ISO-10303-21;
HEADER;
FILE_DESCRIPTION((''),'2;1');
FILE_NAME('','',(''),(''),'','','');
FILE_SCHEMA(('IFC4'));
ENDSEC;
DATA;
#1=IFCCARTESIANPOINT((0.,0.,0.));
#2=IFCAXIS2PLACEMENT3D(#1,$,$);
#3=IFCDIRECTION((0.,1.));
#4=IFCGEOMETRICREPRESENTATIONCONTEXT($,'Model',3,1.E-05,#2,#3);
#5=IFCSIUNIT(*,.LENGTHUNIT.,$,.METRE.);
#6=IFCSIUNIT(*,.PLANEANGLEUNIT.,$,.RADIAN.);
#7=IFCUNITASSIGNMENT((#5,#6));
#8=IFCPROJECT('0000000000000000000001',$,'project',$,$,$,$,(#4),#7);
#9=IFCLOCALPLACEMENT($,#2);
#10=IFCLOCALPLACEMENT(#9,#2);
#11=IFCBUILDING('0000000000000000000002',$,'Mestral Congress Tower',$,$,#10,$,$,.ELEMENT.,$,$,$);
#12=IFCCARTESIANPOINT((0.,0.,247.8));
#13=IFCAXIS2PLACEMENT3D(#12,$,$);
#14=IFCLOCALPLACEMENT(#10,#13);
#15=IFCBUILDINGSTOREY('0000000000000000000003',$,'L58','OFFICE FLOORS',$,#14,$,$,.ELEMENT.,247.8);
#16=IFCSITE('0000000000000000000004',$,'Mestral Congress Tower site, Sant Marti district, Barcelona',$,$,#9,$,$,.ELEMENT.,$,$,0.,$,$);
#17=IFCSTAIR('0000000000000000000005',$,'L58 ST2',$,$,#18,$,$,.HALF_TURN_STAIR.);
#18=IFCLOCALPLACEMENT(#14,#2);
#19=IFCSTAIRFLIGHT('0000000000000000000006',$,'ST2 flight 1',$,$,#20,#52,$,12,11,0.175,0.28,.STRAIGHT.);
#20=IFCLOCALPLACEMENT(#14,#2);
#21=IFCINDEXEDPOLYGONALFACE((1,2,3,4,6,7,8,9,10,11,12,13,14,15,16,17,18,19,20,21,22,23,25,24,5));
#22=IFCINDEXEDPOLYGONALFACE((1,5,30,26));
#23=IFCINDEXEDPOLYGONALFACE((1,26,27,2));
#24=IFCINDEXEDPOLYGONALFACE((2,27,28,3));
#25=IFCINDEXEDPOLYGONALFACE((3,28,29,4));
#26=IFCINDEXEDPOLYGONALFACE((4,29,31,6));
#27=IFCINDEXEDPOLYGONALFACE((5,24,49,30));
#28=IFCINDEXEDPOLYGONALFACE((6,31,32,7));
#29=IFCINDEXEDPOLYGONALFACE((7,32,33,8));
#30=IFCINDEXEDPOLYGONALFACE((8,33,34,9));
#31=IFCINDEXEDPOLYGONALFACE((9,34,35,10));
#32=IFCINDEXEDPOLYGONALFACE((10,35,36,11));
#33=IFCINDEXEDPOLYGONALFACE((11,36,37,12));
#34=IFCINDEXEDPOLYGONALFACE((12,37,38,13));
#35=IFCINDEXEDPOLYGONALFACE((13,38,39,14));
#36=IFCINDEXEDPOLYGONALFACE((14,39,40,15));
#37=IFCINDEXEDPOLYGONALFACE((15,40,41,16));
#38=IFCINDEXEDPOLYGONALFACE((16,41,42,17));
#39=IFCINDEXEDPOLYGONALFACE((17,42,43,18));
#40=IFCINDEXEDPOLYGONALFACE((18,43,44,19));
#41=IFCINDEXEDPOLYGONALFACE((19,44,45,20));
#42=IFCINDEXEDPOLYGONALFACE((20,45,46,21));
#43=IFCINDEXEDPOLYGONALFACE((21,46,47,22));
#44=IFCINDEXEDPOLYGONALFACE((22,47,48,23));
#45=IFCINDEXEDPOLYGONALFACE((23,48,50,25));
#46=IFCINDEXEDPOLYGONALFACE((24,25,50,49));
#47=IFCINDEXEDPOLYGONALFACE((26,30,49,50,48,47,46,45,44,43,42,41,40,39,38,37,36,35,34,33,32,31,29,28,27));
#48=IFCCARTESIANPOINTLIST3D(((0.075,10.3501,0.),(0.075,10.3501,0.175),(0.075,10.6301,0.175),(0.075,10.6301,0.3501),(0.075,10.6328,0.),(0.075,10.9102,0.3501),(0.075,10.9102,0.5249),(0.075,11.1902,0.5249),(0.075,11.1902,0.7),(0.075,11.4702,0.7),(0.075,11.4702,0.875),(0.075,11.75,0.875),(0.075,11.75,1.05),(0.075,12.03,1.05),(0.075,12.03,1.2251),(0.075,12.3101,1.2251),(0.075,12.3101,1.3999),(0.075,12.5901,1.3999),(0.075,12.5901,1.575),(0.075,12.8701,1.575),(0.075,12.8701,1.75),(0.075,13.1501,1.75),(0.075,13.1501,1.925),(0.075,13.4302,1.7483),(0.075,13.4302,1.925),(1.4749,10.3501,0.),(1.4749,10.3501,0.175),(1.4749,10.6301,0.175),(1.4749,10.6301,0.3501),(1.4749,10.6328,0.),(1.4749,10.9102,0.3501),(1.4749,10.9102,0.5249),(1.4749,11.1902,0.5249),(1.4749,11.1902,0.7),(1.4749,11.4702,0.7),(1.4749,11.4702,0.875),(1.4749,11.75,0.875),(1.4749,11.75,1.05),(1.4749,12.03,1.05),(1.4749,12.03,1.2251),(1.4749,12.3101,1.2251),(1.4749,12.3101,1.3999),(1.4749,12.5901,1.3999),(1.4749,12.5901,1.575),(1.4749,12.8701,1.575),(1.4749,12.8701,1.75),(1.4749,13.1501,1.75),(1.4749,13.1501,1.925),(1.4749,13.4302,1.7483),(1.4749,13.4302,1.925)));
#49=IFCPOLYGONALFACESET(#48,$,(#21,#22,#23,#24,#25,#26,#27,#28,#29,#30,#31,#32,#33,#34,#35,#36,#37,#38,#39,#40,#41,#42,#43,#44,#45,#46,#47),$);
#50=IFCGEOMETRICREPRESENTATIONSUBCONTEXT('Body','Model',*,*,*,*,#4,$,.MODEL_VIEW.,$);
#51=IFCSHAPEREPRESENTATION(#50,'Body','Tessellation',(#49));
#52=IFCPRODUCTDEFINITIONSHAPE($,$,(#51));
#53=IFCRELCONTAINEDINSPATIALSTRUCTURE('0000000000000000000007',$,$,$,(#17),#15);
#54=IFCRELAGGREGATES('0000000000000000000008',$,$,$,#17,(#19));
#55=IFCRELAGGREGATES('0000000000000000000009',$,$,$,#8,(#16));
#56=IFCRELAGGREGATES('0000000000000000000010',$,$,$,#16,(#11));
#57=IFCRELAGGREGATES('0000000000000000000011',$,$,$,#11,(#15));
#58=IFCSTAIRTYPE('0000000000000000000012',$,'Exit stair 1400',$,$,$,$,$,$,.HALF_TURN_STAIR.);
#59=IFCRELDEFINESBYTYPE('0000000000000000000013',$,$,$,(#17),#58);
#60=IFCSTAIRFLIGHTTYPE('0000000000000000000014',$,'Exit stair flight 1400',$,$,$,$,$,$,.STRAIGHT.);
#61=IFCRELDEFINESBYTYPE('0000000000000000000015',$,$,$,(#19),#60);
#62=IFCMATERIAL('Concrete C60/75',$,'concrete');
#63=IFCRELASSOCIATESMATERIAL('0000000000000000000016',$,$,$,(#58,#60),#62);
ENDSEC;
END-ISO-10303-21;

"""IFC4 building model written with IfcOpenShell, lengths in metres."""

from ifc_helpers import new_model, si_unit, direction, frame, origin, place, context, subcontext, project, spatial, polyline, outline, extrude, material, type_object, element, aggregate, save


model = new_model("IFC4")

# Units and contexts
model_context = context("Model", 3, precision=1e-05, world=origin(), true_north=direction((0.0, 1.0)))
body_context = subcontext(model_context, "Body", "Model", "MODEL_VIEW")
ifc_project = project(units=[si_unit("LENGTHUNIT", "METRE"), si_unit("PLANEANGLEUNIT", "RADIAN")], contexts=[model_context])

# Site, building, storey
site_placement = place(None, origin())
site = spatial("IfcSite", under=ifc_project, at=site_placement, Name="Mestral Congress Tower site, Sant Marti district, Barcelona", CompositionType="ELEMENT", RefElevation=0.0)
building_placement = place(site_placement, origin())
building = spatial("IfcBuilding", under=site, at=building_placement, Name="Mestral Congress Tower", CompositionType="ELEMENT")
storey_placement = place(building_placement, frame((0.0, 0.0, 247.8)))
storey = spatial("IfcBuildingStorey", under=building, at=storey_placement, Name="L58", Description="OFFICE FLOORS", CompositionType="ELEMENT", Elevation=247.8)

# Shared definitions
ifc_material_1 = material(Name="Concrete C60/75", Category="concrete")

# Stair, stair flight
stair_type = type_object("IfcStairType", Name="Exit stair 1400", PredefinedType="HALF_TURN_STAIR", material=ifc_material_1)
stair_placement = place(storey_placement, origin())
stair = element("IfcStair", 1, at=stair_placement, inside=storey, type_object=stair_type, Name="L58 ST2", PredefinedType="HALF_TURN_STAIR")
stair_flight_type = type_object("IfcStairFlightType", Name="Exit stair flight 1400", PredefinedType="STRAIGHT", material=ifc_material_1)
stair_flight_placement = place(storey_placement, frame((0.7749, 10.3501, 0.0), z_axis=(0.0, 0.0, 1.0), x_axis=(0.0, 1.0, 0.0)))
stair_flight = element("IfcStairFlight", 2, at=stair_flight_placement, type_object=stair_flight_type, Name="ST2 flight 1", NumberOfRisers=12, NumberOfTreads=11, PredefinedType="STRAIGHT", RiserHeight=0.175, TreadLength=0.28, context=body_context, shape_type="SweptSolid", body=[
    extrude(outline(polyline([(0.0, 0.0), (0.0, 0.175), (0.28, 0.175), (0.28, 0.3501), (0.5601, 0.3501), (0.5601, 0.5249), (0.8401, 0.5249), (0.8401, 0.7), (1.1201, 0.7), (1.1201, 0.875), (1.3999, 0.875), (1.3999, 1.05), (1.6799, 1.05), (1.6799, 1.2251), (1.96, 1.2251), (1.96, 1.3999), (2.24, 1.3999), (2.24, 1.575), (2.52, 1.575), (2.52, 1.75), (2.8, 1.75), (2.8, 1.925), (3.0801, 1.925), (3.0801, 2.1001), (3.0801, 1.7483), (0.2827, 0.0), (0.0, 0.0)])), frame((0.0, 0.7, 0.0), z_axis=(0.0, -1.0, 0.0), x_axis=(1.0, 0.0, 0.0)), (0.0, 0.0, 1.0), 1.3999),
])
aggregate(stair, [stair_flight])

save(model, "model.ifc")
